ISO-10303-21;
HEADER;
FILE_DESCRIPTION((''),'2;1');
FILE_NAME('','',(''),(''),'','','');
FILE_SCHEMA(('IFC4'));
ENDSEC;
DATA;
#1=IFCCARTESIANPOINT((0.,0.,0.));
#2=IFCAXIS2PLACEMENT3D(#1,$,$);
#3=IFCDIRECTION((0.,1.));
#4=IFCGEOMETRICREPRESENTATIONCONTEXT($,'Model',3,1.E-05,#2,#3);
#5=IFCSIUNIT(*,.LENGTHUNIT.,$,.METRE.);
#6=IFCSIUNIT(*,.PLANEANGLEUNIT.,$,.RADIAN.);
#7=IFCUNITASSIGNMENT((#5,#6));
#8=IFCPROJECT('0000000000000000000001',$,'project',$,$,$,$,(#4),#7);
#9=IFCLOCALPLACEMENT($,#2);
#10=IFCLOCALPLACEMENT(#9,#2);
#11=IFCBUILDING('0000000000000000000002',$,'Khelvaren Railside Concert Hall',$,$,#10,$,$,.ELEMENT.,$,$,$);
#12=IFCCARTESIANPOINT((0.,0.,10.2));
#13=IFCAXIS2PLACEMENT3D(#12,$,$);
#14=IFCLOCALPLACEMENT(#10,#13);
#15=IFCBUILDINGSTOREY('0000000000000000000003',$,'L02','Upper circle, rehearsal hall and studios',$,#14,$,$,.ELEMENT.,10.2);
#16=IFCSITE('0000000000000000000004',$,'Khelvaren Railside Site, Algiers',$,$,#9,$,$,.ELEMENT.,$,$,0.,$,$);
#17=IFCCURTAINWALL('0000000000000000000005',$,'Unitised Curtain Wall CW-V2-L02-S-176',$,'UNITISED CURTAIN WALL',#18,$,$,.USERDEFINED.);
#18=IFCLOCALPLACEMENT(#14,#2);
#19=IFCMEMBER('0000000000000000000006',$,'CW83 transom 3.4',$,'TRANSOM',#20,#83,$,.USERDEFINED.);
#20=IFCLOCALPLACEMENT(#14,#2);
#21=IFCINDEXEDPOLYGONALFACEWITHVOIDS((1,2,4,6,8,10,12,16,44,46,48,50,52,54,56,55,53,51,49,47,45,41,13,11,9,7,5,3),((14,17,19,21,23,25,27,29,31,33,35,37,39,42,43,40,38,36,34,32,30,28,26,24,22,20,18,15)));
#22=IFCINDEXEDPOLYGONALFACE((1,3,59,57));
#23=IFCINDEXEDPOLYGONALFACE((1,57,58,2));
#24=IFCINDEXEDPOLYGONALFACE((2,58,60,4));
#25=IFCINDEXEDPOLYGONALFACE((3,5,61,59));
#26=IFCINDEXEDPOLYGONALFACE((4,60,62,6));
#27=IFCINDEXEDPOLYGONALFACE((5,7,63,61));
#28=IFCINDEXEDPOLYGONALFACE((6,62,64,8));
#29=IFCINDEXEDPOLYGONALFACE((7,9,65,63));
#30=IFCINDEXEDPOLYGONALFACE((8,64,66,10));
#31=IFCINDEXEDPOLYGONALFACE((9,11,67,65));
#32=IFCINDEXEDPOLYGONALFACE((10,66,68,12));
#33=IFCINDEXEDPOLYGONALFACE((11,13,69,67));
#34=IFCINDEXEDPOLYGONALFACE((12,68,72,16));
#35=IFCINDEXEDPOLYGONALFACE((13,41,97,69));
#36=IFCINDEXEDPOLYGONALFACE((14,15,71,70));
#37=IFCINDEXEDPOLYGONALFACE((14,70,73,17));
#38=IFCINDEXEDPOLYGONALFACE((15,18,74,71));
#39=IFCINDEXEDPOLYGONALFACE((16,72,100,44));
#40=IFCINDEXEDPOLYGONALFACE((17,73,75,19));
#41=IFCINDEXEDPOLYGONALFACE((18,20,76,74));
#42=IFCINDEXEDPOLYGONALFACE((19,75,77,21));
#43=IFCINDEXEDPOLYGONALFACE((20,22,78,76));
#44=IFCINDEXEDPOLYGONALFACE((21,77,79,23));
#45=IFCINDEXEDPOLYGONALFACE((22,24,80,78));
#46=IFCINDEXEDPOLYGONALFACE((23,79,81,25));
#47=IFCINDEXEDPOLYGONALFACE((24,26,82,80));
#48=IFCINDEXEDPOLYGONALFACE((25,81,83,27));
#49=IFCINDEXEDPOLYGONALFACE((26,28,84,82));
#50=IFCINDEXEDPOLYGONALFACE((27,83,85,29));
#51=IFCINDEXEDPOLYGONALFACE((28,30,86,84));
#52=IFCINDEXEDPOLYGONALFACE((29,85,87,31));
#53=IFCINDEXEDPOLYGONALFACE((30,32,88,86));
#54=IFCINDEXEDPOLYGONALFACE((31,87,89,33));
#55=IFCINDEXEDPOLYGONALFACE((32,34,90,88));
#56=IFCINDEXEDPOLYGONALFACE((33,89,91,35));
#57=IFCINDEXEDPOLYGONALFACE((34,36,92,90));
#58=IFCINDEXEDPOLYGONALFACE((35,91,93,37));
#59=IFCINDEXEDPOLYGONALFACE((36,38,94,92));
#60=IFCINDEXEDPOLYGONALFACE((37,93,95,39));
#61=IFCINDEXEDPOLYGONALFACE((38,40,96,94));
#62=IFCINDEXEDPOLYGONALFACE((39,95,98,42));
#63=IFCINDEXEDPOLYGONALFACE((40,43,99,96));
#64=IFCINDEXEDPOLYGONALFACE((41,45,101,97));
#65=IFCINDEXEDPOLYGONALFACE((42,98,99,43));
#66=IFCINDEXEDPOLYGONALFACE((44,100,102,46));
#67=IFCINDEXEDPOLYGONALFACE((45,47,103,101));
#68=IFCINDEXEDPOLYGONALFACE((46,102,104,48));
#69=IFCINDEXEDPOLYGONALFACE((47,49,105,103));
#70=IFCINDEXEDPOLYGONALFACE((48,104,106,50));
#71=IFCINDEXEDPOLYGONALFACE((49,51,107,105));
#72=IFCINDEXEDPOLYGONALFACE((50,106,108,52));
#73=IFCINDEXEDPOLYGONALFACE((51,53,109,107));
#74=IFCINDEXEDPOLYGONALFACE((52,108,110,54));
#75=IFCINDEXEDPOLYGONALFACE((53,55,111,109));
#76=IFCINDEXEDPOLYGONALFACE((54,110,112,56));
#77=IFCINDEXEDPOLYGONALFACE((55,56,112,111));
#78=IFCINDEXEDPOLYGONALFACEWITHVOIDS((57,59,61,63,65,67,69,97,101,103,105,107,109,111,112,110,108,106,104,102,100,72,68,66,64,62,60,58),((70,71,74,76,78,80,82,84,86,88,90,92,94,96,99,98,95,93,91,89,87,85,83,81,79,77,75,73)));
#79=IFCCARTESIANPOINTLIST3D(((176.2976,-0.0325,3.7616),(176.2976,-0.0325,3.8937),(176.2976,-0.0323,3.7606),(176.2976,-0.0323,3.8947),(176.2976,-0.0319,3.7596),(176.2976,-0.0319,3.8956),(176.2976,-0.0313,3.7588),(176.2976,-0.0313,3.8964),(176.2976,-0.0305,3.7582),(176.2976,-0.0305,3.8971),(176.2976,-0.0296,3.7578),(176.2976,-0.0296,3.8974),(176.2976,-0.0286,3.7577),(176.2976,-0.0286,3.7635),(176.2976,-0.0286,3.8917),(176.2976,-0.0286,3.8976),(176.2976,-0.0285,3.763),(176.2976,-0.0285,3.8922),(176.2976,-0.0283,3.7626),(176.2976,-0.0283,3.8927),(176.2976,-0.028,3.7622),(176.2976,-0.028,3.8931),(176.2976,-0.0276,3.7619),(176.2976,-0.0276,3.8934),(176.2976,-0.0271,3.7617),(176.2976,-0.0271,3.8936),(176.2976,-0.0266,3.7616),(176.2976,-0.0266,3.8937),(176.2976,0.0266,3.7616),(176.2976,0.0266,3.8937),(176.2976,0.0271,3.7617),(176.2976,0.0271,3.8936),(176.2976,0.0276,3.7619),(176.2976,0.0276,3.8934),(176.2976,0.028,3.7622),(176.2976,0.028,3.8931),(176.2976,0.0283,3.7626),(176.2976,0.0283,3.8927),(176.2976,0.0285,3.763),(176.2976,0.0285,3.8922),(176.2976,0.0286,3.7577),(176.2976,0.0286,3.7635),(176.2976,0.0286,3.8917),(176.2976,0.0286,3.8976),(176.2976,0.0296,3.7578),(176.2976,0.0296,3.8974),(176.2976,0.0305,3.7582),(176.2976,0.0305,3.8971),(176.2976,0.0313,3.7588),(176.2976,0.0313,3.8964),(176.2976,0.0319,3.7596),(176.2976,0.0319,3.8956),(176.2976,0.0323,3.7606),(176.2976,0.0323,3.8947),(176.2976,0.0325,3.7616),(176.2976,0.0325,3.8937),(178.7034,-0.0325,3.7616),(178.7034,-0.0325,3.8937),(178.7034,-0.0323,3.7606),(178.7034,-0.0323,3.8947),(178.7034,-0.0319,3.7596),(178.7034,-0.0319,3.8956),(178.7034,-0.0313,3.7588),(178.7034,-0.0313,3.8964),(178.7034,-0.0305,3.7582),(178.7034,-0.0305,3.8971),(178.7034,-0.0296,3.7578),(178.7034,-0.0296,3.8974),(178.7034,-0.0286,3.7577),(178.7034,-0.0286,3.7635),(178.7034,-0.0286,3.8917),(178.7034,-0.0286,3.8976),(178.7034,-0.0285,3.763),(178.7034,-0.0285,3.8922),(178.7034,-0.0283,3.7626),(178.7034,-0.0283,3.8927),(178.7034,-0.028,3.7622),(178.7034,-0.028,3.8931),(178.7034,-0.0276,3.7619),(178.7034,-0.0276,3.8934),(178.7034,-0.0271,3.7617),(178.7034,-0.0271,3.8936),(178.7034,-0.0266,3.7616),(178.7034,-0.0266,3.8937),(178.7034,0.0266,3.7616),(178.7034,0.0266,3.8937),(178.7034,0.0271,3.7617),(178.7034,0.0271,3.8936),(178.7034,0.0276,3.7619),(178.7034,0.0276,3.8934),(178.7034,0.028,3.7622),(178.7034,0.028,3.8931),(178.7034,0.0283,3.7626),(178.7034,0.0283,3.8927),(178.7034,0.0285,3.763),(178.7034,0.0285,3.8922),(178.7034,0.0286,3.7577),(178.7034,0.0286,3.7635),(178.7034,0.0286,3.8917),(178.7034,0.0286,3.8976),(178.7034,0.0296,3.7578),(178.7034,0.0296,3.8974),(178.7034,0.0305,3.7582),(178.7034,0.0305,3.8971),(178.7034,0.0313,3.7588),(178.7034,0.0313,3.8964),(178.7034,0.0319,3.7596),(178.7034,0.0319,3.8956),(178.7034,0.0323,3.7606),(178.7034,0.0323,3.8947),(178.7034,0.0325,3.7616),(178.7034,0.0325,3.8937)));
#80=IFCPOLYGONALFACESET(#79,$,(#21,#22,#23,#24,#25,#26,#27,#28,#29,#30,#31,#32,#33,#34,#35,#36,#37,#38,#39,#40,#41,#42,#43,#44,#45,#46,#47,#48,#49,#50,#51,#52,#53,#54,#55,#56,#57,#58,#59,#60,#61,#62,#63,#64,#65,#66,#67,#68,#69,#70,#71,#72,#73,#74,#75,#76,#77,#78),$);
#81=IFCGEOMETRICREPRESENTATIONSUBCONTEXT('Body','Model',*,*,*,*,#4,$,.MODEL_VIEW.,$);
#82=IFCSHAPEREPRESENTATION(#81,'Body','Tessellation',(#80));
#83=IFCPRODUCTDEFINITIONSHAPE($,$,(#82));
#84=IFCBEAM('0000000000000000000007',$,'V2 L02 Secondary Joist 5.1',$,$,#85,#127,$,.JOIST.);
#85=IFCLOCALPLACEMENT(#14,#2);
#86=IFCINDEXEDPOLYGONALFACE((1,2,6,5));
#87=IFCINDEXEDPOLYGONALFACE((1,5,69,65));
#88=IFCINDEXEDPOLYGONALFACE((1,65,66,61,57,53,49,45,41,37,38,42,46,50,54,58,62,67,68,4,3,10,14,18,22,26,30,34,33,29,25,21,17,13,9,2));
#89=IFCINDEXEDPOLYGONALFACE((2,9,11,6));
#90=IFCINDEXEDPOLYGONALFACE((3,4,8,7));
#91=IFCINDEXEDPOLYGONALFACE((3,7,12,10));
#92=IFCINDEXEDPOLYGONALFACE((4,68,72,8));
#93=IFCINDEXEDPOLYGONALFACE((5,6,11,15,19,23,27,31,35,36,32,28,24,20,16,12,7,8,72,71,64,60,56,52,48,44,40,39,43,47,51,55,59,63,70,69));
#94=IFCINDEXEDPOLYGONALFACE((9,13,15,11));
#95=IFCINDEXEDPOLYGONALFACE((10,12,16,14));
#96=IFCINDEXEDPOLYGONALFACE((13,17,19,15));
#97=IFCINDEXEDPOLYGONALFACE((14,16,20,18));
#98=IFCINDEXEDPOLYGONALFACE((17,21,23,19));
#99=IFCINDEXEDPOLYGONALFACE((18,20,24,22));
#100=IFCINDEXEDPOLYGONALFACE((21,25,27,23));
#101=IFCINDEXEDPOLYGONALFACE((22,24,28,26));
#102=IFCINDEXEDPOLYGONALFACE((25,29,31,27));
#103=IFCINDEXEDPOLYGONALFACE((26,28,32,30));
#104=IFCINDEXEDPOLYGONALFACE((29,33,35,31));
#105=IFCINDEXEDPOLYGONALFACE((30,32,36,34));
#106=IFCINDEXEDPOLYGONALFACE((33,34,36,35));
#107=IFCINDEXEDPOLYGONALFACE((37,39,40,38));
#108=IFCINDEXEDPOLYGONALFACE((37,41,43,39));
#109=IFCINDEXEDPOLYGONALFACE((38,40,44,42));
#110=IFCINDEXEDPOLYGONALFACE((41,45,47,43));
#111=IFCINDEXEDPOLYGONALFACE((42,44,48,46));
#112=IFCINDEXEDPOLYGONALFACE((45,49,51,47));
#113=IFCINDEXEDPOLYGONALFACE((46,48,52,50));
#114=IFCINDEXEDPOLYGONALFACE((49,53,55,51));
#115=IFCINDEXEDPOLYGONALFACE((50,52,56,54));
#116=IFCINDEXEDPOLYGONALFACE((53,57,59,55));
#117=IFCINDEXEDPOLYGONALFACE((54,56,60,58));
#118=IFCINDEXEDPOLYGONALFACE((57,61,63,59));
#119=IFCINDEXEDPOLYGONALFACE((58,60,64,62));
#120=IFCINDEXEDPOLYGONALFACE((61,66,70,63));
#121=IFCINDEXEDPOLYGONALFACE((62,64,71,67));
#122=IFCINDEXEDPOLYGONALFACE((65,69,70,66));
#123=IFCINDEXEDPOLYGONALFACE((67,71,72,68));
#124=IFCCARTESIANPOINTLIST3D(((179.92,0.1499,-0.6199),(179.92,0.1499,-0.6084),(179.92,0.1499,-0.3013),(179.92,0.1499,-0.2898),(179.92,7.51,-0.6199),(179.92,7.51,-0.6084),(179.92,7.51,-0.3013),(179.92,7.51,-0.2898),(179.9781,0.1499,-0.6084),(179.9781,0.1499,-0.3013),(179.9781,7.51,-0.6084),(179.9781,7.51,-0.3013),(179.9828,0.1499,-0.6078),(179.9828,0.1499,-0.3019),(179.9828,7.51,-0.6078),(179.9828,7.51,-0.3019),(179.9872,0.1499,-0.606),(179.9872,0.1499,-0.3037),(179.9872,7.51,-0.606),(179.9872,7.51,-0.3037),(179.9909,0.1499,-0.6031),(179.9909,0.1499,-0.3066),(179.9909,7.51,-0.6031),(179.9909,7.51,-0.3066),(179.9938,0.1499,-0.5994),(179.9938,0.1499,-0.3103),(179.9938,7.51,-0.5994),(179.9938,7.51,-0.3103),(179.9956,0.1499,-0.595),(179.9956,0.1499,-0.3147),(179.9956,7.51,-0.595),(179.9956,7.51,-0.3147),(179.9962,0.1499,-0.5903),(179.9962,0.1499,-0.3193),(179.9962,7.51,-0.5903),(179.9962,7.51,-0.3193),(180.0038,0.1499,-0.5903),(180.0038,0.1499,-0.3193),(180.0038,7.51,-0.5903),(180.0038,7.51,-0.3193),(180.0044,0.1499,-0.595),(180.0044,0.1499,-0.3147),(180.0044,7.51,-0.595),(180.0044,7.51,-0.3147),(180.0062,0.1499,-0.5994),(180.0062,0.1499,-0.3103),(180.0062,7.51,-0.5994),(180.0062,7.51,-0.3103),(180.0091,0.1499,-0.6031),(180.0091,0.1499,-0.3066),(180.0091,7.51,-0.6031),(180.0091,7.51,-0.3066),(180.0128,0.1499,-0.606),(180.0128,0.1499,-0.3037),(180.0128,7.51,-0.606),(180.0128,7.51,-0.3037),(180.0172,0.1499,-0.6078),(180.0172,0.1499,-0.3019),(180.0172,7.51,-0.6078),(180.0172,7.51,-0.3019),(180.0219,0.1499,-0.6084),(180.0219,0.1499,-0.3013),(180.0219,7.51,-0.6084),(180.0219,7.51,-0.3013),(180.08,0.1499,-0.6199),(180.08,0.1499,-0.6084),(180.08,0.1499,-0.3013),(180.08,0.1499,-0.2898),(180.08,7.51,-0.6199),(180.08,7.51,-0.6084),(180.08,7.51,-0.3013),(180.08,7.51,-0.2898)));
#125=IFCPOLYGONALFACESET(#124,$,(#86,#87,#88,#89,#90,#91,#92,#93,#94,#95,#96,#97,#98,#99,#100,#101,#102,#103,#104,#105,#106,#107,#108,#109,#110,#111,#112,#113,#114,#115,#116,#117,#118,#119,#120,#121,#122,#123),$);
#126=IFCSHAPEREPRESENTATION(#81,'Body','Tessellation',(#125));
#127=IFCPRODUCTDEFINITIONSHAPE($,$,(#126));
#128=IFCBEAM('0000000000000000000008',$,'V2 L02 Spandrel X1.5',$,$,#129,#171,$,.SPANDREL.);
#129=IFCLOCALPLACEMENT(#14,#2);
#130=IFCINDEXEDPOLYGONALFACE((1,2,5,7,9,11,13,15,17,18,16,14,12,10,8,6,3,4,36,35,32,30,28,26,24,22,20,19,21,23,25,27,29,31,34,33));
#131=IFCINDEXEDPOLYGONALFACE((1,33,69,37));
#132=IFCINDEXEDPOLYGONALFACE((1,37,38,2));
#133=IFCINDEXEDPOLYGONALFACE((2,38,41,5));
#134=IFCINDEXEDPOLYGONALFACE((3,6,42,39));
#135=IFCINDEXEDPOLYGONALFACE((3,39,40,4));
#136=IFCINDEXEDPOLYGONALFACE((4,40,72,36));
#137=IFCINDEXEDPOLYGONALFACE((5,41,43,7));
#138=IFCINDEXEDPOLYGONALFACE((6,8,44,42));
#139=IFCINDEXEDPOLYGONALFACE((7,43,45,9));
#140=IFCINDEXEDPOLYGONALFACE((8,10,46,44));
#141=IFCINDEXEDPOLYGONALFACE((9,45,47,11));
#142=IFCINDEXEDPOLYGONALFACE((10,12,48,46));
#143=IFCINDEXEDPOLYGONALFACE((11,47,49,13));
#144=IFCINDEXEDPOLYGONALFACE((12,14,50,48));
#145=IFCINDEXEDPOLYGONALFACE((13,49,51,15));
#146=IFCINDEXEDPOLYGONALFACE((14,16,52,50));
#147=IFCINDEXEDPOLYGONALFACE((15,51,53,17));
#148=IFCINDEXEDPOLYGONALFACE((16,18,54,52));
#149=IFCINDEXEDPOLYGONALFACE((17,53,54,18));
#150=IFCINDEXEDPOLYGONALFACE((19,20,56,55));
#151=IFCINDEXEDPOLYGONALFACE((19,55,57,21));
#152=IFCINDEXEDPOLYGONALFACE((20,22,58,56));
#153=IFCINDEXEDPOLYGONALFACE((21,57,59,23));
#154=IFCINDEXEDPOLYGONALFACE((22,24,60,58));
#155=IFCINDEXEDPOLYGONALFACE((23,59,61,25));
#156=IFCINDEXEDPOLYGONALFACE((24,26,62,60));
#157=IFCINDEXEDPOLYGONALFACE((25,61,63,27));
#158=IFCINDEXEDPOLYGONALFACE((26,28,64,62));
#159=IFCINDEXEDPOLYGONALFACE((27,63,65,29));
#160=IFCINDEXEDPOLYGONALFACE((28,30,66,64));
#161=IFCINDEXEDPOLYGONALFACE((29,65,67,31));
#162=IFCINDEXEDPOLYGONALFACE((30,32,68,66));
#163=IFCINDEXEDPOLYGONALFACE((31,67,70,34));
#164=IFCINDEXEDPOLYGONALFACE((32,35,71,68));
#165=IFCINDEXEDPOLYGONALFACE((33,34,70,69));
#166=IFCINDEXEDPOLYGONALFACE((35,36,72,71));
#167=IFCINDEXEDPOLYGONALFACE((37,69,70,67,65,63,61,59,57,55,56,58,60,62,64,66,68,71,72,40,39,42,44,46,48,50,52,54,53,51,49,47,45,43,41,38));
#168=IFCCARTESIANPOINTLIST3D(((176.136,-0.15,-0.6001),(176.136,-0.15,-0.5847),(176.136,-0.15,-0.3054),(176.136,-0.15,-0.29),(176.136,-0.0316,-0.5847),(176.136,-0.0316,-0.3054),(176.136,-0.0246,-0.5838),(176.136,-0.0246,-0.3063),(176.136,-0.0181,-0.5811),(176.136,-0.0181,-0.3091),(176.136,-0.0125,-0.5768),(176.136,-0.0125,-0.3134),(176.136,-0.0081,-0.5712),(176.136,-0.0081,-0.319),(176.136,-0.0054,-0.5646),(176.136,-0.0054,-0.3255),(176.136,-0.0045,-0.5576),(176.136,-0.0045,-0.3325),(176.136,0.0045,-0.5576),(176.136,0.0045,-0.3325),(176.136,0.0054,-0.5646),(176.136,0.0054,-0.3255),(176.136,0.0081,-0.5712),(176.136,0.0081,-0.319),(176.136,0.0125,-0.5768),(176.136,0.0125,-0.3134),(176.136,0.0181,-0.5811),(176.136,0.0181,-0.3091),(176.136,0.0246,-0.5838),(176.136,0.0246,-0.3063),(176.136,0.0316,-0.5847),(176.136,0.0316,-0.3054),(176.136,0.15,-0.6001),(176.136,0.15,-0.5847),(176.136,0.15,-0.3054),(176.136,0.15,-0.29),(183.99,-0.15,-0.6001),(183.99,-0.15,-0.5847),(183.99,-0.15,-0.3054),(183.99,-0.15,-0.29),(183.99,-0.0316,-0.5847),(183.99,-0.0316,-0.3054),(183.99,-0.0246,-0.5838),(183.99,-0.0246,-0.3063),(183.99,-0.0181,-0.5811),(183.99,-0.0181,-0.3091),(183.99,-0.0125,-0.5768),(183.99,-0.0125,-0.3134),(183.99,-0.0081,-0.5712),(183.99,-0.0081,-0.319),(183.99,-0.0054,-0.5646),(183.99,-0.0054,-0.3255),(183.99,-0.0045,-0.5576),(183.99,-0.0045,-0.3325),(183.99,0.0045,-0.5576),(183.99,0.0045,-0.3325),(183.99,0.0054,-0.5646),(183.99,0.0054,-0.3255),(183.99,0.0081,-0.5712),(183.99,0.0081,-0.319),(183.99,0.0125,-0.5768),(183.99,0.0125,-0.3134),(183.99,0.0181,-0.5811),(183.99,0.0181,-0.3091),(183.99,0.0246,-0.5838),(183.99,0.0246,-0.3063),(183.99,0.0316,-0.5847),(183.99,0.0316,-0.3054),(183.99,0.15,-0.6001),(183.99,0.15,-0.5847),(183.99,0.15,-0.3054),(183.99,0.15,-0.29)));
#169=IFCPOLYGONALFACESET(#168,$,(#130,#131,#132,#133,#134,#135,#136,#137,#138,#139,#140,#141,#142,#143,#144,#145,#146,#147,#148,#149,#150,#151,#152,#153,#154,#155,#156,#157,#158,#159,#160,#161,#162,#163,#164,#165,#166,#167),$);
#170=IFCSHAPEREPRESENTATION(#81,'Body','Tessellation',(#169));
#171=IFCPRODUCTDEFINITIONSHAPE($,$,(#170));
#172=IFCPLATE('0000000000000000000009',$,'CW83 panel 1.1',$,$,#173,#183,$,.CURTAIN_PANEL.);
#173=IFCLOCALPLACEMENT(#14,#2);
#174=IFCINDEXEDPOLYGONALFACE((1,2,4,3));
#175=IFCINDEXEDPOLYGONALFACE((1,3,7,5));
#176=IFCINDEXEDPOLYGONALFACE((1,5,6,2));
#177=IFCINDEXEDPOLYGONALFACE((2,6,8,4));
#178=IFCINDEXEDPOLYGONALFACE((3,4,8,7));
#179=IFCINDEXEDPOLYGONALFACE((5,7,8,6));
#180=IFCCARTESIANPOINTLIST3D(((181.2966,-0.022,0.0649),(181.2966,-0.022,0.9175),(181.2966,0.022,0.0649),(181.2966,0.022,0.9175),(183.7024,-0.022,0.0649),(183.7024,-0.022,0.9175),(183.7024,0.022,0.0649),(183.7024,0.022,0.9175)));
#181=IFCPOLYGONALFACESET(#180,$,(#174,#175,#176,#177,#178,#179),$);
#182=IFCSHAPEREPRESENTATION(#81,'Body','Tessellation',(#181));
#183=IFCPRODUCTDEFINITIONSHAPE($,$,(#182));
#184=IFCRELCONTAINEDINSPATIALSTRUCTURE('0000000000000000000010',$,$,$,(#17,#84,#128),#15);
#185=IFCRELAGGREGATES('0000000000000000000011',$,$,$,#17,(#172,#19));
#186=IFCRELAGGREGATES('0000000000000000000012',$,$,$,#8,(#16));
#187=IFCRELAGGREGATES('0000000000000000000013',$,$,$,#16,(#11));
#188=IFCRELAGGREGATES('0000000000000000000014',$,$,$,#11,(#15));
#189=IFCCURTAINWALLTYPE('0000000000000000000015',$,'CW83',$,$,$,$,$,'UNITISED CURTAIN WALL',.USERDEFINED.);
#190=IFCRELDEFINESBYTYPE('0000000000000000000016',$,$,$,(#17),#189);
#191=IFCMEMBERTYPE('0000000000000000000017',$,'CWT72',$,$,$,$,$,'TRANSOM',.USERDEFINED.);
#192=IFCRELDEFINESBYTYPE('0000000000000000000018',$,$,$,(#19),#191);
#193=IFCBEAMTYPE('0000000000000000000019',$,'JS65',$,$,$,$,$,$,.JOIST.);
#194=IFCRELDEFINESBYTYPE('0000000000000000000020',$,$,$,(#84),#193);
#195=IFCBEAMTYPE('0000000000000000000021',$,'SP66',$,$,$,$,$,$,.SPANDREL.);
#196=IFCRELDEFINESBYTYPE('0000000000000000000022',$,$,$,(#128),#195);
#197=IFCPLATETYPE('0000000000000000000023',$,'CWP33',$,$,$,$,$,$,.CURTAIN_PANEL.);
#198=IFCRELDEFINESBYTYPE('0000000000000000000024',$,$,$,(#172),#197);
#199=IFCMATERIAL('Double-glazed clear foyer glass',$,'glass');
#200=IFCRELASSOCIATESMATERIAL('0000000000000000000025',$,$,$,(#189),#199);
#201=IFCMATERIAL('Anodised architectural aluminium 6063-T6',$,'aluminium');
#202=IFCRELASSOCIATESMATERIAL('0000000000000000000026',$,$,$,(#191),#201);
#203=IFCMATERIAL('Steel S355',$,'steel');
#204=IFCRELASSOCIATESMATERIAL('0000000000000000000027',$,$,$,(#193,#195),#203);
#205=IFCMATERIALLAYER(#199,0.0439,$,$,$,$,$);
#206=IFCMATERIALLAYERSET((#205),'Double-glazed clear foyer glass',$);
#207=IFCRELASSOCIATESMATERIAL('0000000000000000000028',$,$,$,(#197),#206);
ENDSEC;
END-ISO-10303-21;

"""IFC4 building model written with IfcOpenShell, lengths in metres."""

from ifc_helpers import new_model, si_unit, direction, frame, origin, origin_2d, place, context, subcontext, project, spatial, rectangle, hollow_rectangle, i_section, extrude, material, layer, layer_set, material_profile, profile_set, type_object, element, aggregate, save


model = new_model("IFC4")

# Units and contexts
model_context = context("Model", 3, precision=1e-05, world=origin(), true_north=direction((0.0, 1.0)))
body_context = subcontext(model_context, "Body", "Model", "MODEL_VIEW")
ifc_project = project(units=[si_unit("LENGTHUNIT", "METRE"), si_unit("PLANEANGLEUNIT", "RADIAN")], contexts=[model_context])

# Site, building, storey
site_placement = place(None, origin())
site = spatial("IfcSite", under=ifc_project, at=site_placement, Name="Khelvaren Railside Site, Algiers", CompositionType="ELEMENT", RefElevation=0.0)
building_placement = place(site_placement, origin())
building = spatial("IfcBuilding", under=site, at=building_placement, Name="Khelvaren Railside Concert Hall", CompositionType="ELEMENT")
storey_placement = place(building_placement, frame((0.0, 0.0, 10.2)))
storey = spatial("IfcBuildingStorey", under=building, at=storey_placement, Name="L02", Description="Upper circle, rehearsal hall and studios", CompositionType="ELEMENT", Elevation=10.2)

# Curtain wall, member
ifc_material_1 = material(Name="Double-glazed clear foyer glass", Category="glass")
curtain_wall_type = type_object("IfcCurtainWallType", Name="CW83", ElementType="UNITISED CURTAIN WALL", PredefinedType="USERDEFINED", material=ifc_material_1)
curtain_wall_placement = place(storey_placement, origin())
curtain_wall = element("IfcCurtainWall", 1, at=curtain_wall_placement, inside=storey, type_object=curtain_wall_type, Name="Unitised Curtain Wall CW-V2-L02-S-176", ObjectType="UNITISED CURTAIN WALL", PredefinedType="USERDEFINED")
ifc_material_2 = material(Name="Anodised architectural aluminium 6063-T6", Category="aluminium")
ifc_material_profile_1 = material_profile(ifc_material_2, hollow_rectangle(XDim=0.0649, YDim=0.1399, WallThickness=0.0039, InnerFilletRadius=0.002, OuterFilletRadius=0.0039, at=origin_2d()), Name="CWT 65x140x4")
ifc_profile_set_1 = profile_set([ifc_material_profile_1], Name="Anodised architectural aluminium 6063-T6")
member_type_1 = type_object("IfcMemberType", Name="CWT72", ElementType="TRANSOM", PredefinedType="USERDEFINED", material=ifc_profile_set_1)
member_1_placement = place(storey_placement, frame((178.7034, 0.0, 3.8276), z_axis=(-1.0, 0.0, 0.0), x_axis=(0.0, -1.0, 0.0)))
member_1 = element("IfcMember", 2, at=member_1_placement, type_object=member_type_1, Name="CW83 transom 3.4", ObjectType="TRANSOM", PredefinedType="USERDEFINED", context=body_context, shape_type="SweptSolid", body=[
    extrude(hollow_rectangle(XDim=0.0649, YDim=0.1399, WallThickness=0.0039, InnerFilletRadius=0.002, OuterFilletRadius=0.0039, at=origin_2d()), origin(), (0.0, 0.0, 1.0), 2.4058),
])

# Beams
ifc_material_3 = material(Name="Steel S355", Category="steel")
ifc_material_profile_2 = material_profile(ifc_material_3, i_section(OverallWidth=0.1599, OverallDepth=0.3301, WebThickness=0.0076, FlangeThickness=0.0115, FilletRadius=0.0181, at=origin_2d()), Name="IPE 330")
ifc_profile_set_2 = profile_set([ifc_material_profile_2], Name="Steel S355")
beam_type_1 = type_object("IfcBeamType", Name="JS65", PredefinedType="JOIST", material=ifc_profile_set_2)
beam_1_placement = place(storey_placement, frame((180.0, 0.1499, -0.4548), z_axis=(0.0, 1.0, 0.0), x_axis=(-1.0, 0.0, 0.0)))
element("IfcBeam", 3, at=beam_1_placement, inside=storey, type_object=beam_type_1, Name="V2 L02 Secondary Joist 5.1", PredefinedType="JOIST", context=body_context, shape_type="SweptSolid", body=[
    extrude(i_section(OverallWidth=0.1599, OverallDepth=0.3301, WebThickness=0.0076, FlangeThickness=0.0115, FilletRadius=0.0181, at=origin_2d()), origin(), (0.0, 0.0, 1.0), 7.3601),
])
ifc_material_profile_3 = material_profile(ifc_material_3, i_section(OverallWidth=0.3, OverallDepth=0.3101, WebThickness=0.009, FlangeThickness=0.0154, FilletRadius=0.0271, at=origin_2d()), Name="HEA 320")
ifc_profile_set_3 = profile_set([ifc_material_profile_3], Name="Steel S355")
beam_type_2 = type_object("IfcBeamType", Name="SP66", PredefinedType="SPANDREL", material=ifc_profile_set_3)
beam_2_placement = place(storey_placement, frame((176.136, 0.0, -0.4451), z_axis=(1.0, 0.0, 0.0), x_axis=(0.0, 1.0, 0.0)))
element("IfcBeam", 4, at=beam_2_placement, inside=storey, type_object=beam_type_2, Name="V2 L02 Spandrel X1.5", PredefinedType="SPANDREL", context=body_context, shape_type="SweptSolid", body=[
    extrude(i_section(OverallWidth=0.3, OverallDepth=0.3101, WebThickness=0.009, FlangeThickness=0.0154, FilletRadius=0.0271, at=origin_2d()), origin(), (0.0, 0.0, 1.0), 7.854),
])

# Plate
ifc_layer_1 = layer(ifc_material_1, 0.0439)
ifc_layer_set_1 = layer_set([ifc_layer_1], Name="Double-glazed clear foyer glass")
plate_type = type_object("IfcPlateType", Name="CWP33", PredefinedType="CURTAIN_PANEL", material=ifc_layer_set_1)
plate_1_placement = place(storey_placement, frame((182.4995, 0.0, 0.0649), z_axis=(0.0, 0.0, 1.0), x_axis=(-1.0, 0.0, 0.0)))
plate_1 = element("IfcPlate", 5, at=plate_1_placement, type_object=plate_type, Name="CW83 panel 1.1", PredefinedType="CURTAIN_PANEL", context=body_context, shape_type="SweptSolid", body=[
    extrude(rectangle(XDim=2.4058, YDim=0.0439, at=origin_2d()), origin(), (0.0, 0.0, 1.0), 0.8525),
])
aggregate(curtain_wall, [plate_1, member_1])

save(model, "model.ifc")
